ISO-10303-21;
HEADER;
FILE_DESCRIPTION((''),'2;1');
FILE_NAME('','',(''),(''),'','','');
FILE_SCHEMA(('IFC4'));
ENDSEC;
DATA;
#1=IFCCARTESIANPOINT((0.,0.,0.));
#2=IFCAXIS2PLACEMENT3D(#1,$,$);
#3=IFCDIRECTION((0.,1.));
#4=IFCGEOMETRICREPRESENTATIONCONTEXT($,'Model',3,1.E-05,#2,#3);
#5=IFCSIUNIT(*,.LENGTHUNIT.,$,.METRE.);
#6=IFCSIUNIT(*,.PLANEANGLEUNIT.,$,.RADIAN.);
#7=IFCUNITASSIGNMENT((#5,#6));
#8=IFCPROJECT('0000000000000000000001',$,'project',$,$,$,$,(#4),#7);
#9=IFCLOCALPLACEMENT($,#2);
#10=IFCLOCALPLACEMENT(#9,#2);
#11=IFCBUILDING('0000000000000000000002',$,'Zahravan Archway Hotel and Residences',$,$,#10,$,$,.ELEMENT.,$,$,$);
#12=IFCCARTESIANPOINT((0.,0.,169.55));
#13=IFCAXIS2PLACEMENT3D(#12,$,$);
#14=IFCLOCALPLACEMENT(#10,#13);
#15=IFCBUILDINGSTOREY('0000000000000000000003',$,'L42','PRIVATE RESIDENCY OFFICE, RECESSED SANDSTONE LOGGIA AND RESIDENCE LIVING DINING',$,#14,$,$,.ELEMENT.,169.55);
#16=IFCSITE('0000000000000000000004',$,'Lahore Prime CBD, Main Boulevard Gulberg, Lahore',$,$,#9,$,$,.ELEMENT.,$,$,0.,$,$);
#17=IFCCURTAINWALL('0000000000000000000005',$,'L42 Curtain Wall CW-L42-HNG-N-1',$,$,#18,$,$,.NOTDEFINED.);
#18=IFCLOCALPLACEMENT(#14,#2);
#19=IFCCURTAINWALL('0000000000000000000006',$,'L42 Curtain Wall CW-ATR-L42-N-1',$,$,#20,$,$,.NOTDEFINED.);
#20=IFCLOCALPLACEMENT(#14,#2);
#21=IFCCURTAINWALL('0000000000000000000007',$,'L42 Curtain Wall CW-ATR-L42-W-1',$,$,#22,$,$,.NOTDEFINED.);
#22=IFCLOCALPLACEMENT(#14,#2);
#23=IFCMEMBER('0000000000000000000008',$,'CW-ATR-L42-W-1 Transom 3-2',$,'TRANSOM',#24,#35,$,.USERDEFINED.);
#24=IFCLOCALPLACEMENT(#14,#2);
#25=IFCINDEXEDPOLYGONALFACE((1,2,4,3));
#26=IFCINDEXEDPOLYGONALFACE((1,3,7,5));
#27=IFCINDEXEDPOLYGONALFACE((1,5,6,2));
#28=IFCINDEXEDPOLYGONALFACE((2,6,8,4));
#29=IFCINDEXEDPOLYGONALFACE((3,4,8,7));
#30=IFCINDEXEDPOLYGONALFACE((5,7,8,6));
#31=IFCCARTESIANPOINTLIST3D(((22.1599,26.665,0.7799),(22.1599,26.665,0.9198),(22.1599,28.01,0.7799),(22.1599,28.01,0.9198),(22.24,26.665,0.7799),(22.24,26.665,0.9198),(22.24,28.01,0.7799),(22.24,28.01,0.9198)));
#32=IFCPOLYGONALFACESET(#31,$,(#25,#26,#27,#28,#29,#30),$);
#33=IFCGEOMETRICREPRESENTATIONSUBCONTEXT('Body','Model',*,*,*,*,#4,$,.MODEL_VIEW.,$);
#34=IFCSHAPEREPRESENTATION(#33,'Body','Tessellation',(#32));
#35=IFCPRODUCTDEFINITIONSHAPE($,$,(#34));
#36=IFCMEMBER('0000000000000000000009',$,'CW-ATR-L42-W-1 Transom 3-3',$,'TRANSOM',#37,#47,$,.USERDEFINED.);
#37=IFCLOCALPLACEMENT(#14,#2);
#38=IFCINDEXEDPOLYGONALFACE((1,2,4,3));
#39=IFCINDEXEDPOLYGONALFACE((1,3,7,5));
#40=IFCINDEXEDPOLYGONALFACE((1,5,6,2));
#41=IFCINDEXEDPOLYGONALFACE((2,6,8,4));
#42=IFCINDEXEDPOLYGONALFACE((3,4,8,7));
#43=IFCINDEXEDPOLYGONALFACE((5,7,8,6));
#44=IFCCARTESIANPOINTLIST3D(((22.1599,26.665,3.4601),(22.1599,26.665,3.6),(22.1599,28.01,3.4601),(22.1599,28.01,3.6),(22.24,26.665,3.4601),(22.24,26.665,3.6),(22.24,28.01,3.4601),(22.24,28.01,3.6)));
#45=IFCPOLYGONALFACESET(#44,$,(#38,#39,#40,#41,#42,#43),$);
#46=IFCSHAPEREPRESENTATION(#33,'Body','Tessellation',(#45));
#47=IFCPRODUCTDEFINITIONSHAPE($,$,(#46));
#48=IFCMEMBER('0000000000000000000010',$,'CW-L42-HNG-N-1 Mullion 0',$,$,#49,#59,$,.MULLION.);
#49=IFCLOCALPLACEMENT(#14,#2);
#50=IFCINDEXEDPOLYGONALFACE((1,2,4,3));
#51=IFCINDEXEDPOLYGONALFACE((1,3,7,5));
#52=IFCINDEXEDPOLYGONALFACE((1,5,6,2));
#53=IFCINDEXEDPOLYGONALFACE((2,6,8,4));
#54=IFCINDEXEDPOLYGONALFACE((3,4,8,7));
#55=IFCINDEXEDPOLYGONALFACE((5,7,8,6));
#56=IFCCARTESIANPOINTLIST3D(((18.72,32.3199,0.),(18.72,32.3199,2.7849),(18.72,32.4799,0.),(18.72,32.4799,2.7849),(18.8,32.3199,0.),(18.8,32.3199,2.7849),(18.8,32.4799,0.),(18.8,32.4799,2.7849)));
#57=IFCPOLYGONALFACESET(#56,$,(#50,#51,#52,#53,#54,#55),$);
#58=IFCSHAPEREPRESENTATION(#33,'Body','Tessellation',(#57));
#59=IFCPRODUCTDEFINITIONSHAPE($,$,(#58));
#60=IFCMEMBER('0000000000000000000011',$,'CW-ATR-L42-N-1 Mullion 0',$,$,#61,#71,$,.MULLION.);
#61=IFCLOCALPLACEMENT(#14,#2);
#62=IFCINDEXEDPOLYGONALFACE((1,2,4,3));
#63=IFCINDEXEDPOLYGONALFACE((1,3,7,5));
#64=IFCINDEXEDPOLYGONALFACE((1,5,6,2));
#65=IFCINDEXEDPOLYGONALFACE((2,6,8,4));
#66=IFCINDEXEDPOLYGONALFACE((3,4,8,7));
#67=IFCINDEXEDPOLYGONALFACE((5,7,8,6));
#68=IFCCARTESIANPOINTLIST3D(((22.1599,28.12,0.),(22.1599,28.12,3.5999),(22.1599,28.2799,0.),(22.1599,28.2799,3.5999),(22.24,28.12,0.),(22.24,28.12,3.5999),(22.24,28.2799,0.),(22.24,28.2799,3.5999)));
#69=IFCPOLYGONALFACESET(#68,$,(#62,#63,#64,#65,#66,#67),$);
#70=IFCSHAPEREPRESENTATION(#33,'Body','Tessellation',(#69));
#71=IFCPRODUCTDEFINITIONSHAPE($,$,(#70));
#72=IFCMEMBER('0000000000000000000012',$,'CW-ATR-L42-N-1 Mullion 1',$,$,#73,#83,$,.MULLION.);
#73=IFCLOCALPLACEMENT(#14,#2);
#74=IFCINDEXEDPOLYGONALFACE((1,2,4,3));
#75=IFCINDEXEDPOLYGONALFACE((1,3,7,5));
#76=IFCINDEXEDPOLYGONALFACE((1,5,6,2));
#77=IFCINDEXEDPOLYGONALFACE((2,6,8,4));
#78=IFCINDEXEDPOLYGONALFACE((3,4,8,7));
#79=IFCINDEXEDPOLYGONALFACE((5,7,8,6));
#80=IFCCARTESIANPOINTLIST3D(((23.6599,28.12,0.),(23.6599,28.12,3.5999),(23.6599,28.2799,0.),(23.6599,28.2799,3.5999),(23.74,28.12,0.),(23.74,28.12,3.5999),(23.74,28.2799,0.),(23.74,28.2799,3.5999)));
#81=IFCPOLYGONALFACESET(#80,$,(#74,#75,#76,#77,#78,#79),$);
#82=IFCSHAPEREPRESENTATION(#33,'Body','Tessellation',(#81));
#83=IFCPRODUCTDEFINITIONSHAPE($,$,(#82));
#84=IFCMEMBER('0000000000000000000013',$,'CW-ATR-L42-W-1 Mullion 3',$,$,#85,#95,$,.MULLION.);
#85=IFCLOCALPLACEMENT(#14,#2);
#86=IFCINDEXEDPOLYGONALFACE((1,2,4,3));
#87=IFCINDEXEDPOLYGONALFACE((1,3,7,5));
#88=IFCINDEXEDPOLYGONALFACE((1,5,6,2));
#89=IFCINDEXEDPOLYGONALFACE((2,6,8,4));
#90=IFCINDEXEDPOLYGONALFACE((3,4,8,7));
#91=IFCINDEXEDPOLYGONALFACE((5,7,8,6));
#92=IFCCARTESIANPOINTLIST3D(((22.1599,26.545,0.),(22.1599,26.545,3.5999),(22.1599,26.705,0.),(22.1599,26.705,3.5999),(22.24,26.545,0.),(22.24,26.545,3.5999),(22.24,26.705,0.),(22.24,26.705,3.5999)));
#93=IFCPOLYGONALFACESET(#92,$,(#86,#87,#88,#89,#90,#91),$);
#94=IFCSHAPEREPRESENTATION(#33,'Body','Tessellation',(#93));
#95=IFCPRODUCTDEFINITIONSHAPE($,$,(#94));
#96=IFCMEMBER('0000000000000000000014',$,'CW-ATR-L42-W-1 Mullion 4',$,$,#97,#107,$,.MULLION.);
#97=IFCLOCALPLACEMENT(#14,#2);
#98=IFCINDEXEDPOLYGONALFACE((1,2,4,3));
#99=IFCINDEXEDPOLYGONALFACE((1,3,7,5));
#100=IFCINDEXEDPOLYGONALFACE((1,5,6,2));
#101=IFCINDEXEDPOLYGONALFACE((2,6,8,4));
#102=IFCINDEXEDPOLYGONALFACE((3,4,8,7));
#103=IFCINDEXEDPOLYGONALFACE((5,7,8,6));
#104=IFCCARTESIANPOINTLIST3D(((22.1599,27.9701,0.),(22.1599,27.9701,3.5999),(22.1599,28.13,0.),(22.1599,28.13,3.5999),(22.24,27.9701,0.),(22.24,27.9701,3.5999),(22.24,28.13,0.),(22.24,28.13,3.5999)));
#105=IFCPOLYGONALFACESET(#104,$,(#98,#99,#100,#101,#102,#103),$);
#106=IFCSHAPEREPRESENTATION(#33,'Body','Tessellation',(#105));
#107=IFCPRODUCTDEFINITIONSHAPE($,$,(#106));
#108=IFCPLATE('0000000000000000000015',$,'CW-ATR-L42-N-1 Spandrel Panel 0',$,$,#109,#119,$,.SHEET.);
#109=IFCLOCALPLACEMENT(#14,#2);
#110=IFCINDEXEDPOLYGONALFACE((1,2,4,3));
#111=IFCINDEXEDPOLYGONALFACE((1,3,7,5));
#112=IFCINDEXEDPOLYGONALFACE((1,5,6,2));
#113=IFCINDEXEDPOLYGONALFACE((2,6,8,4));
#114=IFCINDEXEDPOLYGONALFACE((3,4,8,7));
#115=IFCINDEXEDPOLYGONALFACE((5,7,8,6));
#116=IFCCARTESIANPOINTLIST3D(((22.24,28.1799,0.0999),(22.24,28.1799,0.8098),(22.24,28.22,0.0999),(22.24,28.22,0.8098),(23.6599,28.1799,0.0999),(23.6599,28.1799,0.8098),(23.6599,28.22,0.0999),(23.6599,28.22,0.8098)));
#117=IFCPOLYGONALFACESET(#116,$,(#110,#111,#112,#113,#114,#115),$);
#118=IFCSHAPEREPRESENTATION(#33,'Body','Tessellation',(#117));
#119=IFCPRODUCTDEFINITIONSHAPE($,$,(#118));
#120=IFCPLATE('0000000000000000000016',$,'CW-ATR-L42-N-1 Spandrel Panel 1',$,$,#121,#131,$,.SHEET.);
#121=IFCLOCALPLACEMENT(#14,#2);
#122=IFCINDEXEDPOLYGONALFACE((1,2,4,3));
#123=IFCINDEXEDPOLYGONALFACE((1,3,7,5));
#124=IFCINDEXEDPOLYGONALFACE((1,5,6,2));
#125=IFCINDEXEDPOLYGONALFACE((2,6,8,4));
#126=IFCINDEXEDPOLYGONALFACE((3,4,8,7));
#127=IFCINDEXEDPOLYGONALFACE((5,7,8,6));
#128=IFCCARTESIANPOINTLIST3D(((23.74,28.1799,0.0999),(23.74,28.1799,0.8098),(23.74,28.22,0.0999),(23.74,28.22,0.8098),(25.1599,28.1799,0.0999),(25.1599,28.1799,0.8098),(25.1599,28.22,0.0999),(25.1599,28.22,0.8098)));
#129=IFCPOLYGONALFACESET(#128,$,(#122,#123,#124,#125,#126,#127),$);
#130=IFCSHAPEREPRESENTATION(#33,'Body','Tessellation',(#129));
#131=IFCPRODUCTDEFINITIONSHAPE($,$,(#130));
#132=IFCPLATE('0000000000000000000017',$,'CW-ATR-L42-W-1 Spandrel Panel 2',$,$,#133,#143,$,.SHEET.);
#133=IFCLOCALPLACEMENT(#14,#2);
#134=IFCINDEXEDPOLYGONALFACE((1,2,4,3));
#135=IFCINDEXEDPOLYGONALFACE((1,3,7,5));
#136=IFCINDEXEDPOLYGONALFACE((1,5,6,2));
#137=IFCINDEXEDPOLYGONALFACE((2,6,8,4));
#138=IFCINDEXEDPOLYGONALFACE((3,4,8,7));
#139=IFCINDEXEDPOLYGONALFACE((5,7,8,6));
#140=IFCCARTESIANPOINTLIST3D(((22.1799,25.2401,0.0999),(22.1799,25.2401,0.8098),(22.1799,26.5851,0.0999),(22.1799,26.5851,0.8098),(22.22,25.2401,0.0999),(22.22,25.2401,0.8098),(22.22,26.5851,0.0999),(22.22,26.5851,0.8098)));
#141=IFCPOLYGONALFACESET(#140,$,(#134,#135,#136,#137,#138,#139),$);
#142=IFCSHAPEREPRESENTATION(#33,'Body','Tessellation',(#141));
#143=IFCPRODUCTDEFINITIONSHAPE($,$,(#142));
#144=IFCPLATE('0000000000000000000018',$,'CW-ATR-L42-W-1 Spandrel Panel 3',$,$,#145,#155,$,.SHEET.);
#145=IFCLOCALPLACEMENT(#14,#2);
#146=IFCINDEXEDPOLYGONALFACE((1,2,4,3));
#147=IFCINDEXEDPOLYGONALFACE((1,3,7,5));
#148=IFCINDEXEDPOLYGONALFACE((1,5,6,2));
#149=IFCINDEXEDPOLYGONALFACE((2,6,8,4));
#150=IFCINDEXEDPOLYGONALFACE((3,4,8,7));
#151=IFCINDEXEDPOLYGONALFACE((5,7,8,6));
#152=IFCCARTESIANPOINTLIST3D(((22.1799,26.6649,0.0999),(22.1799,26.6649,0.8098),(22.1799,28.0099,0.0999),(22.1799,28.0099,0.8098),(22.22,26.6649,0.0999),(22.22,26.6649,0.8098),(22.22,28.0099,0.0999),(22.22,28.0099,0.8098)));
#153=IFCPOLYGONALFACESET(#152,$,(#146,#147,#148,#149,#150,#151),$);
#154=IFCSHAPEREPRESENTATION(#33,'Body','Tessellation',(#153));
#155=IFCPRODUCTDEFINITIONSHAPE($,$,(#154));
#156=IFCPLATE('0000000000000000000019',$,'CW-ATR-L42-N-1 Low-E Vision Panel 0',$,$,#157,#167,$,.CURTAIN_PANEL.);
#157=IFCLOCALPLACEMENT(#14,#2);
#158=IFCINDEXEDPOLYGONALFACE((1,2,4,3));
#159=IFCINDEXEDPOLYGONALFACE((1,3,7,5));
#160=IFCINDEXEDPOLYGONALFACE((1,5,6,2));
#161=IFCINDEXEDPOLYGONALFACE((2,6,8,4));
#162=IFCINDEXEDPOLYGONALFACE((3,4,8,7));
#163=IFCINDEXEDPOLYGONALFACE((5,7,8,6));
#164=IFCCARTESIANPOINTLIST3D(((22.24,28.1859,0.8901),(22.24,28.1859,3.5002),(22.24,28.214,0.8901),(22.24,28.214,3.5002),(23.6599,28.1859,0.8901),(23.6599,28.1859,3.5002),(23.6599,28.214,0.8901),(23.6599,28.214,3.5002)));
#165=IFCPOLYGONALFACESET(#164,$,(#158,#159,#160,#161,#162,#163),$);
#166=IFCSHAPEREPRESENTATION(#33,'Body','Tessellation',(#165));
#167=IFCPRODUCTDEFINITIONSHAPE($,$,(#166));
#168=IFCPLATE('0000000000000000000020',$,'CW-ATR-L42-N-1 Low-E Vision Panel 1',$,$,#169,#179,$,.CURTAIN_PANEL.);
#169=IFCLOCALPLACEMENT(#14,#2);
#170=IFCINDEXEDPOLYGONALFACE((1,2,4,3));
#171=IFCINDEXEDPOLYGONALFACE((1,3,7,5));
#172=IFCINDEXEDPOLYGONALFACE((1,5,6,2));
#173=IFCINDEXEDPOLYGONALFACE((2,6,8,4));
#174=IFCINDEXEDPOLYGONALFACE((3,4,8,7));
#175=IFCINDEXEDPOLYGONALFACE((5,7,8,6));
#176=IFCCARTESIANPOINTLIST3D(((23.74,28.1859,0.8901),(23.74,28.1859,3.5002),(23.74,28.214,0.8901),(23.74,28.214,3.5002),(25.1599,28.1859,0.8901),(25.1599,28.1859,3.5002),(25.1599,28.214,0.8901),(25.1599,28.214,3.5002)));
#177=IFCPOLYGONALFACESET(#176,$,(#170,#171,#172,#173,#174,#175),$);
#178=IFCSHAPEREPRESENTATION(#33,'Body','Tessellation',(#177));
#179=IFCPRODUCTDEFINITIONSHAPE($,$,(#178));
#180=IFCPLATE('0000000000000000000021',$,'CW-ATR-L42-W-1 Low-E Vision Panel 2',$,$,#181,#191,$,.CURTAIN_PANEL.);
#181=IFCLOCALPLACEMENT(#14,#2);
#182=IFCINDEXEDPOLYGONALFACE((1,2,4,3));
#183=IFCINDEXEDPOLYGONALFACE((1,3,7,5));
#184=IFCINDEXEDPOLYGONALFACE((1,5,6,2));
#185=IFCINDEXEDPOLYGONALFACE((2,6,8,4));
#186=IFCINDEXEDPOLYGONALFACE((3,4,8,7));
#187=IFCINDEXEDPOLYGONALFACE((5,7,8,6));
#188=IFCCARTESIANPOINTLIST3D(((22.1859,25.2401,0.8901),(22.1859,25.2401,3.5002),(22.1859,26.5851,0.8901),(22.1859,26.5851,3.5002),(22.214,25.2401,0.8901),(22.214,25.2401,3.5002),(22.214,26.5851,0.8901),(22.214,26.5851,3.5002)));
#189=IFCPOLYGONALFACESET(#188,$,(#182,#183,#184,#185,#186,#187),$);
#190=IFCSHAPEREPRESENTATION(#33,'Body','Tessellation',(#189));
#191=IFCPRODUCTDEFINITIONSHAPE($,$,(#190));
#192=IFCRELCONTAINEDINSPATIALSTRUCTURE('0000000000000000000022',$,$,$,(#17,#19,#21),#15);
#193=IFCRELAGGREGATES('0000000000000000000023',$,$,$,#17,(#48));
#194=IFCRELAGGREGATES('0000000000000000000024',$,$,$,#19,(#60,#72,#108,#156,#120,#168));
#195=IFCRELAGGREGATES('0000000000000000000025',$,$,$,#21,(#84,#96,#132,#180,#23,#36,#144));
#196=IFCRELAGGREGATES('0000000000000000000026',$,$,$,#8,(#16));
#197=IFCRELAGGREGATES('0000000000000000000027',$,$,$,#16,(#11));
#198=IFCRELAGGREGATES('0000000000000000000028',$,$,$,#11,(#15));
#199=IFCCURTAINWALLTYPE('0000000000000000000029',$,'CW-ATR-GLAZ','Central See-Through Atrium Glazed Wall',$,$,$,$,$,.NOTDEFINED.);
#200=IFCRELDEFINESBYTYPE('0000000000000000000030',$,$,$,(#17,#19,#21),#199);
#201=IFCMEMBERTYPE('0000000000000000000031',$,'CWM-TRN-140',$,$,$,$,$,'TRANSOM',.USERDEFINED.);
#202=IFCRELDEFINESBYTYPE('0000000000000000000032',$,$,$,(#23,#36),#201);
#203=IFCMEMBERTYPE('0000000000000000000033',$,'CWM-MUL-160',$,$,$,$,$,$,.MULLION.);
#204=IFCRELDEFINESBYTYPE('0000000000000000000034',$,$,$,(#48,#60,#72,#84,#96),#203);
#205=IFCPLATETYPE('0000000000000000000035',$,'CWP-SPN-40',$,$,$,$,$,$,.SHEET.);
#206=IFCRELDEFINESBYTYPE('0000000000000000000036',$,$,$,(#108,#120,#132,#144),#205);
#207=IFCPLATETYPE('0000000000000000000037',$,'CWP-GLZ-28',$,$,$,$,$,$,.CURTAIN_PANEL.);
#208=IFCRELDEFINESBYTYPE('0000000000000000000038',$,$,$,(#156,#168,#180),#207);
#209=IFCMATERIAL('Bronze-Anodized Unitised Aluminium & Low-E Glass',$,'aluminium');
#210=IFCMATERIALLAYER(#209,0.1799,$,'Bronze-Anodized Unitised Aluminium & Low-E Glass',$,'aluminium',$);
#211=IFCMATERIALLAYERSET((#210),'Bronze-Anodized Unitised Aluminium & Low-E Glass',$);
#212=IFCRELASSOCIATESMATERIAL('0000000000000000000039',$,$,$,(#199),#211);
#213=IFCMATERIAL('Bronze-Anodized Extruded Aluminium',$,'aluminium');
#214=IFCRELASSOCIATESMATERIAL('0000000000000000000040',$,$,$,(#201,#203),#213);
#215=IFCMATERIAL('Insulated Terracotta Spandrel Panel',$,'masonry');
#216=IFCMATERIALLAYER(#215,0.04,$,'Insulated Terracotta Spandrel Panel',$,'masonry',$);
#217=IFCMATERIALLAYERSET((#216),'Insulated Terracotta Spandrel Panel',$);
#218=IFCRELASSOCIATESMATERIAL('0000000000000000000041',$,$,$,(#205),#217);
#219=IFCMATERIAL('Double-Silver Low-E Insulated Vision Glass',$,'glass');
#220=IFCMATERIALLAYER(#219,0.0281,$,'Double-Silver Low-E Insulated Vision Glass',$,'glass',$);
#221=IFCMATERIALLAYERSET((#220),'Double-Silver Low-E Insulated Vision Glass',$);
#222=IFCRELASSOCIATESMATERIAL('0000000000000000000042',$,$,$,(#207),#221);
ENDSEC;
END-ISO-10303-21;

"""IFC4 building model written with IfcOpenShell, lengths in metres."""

from ifc_helpers import new_model, si_unit, direction, frame, origin, origin_2d, place, context, subcontext, project, spatial, rectangle, extrude, source, transform, mapped, material, layer, layer_set, material_profile, profile_set, type_object, element, aggregate, save


model = new_model("IFC4")

# Units and contexts
model_context = context("Model", 3, precision=1e-05, world=origin(), true_north=direction((0.0, 1.0)))
body_context = subcontext(model_context, "Body", "Model", "MODEL_VIEW")
ifc_project = project(units=[si_unit("LENGTHUNIT", "METRE"), si_unit("PLANEANGLEUNIT", "RADIAN")], contexts=[model_context])

# Site, building, storey
site_placement = place(None, origin())
site = spatial("IfcSite", under=ifc_project, at=site_placement, Name="Lahore Prime CBD, Main Boulevard Gulberg, Lahore", CompositionType="ELEMENT", RefElevation=0.0)
building_placement = place(site_placement, origin())
building = spatial("IfcBuilding", under=site, at=building_placement, Name="Zahravan Archway Hotel and Residences", CompositionType="ELEMENT")
storey_placement = place(building_placement, frame((0.0, 0.0, 169.55)))
storey = spatial("IfcBuildingStorey", under=building, at=storey_placement, Name="L42", Description="PRIVATE RESIDENCY OFFICE, RECESSED SANDSTONE LOGGIA AND RESIDENCE LIVING DINING", CompositionType="ELEMENT", Elevation=169.55)

# Curtain walls, members
ifc_material_1 = material(Name="Bronze-Anodized Unitised Aluminium & Low-E Glass", Category="aluminium")
ifc_layer_1 = layer(ifc_material_1, 0.1799, Name="Bronze-Anodized Unitised Aluminium & Low-E Glass", Category="aluminium")
ifc_layer_set_1 = layer_set([ifc_layer_1], Name="Bronze-Anodized Unitised Aluminium & Low-E Glass")
curtain_wall_type = type_object("IfcCurtainWallType", Name="CW-ATR-GLAZ", Description="Central See-Through Atrium Glazed Wall", PredefinedType="NOTDEFINED", material=ifc_layer_set_1)
curtain_wall_1_placement = place(storey_placement, origin())
curtain_wall_1 = element("IfcCurtainWall", 1, at=curtain_wall_1_placement, inside=storey, type_object=curtain_wall_type, Name="L42 Curtain Wall CW-L42-HNG-N-1", PredefinedType="NOTDEFINED")
ifc_material_2 = material(Name="Bronze-Anodized Extruded Aluminium", Category="aluminium")
ifc_material_profile_1 = material_profile(ifc_material_2, rectangle(XDim=0.0801, YDim=0.1399, at=origin_2d()), Name="TRN 80x140", Category="aluminium")
ifc_profile_set_1 = profile_set([ifc_material_profile_1], Name="Bronze-Anodized Extruded Aluminium")
member_type_1 = type_object("IfcMemberType", Name="CWM-TRN-140", ElementType="TRANSOM", PredefinedType="USERDEFINED", material=ifc_profile_set_1)
curtain_wall_2_placement = place(storey_placement, origin())
curtain_wall_2 = element("IfcCurtainWall", 2, at=curtain_wall_2_placement, inside=storey, type_object=curtain_wall_type, Name="L42 Curtain Wall CW-ATR-L42-N-1", PredefinedType="NOTDEFINED")
curtain_wall_3_placement = place(storey_placement, origin())
curtain_wall_3 = element("IfcCurtainWall", 3, at=curtain_wall_3_placement, inside=storey, type_object=curtain_wall_type, Name="L42 Curtain Wall CW-ATR-L42-W-1", PredefinedType="NOTDEFINED")
shared_shape_1 = source(origin(), body_context, "Body", "SweptSolid", [
    extrude(rectangle(XDim=0.0801, YDim=0.1399, at=origin_2d()), origin(), (0.0, 0.0, 1.0), 1.345),
])
member_1_placement = place(storey_placement, frame((22.2, 26.665, 0.8499), z_axis=(0.0, 1.0, 0.0), x_axis=(-1.0, 0.0, 0.0)))
member_1 = element("IfcMember", 4, at=member_1_placement, type_object=member_type_1, Name="CW-ATR-L42-W-1 Transom 3-2", ObjectType="TRANSOM", PredefinedType="USERDEFINED", context=body_context, shape_type="MappedRepresentation", body=[
    mapped(shared_shape_1, transform((0.0, 0.0, 0.0), scale=1.0)),
])
member_2_placement = place(storey_placement, frame((22.2, 26.665, 3.53), z_axis=(0.0, 1.0, 0.0), x_axis=(-1.0, 0.0, 0.0)))
member_2 = element("IfcMember", 5, at=member_2_placement, type_object=member_type_1, Name="CW-ATR-L42-W-1 Transom 3-3", ObjectType="TRANSOM", PredefinedType="USERDEFINED", context=body_context, shape_type="MappedRepresentation", body=[
    mapped(shared_shape_1, transform((0.0, 0.0, 0.0), scale=1.0)),
])

# Members
ifc_material_profile_2 = material_profile(ifc_material_2, rectangle(XDim=0.0801, YDim=0.1599, at=origin_2d()), Name="MUL 80x160", Category="aluminium")
ifc_profile_set_2 = profile_set([ifc_material_profile_2], Name="Bronze-Anodized Extruded Aluminium")
member_type_2 = type_object("IfcMemberType", Name="CWM-MUL-160", PredefinedType="MULLION", material=ifc_profile_set_2)
shared_shape_2 = source(origin(), body_context, "Body", "SweptSolid", [
    extrude(rectangle(XDim=0.0801, YDim=0.1599, at=origin_2d()), origin(), (0.0, 0.0, 1.0), 2.7849),
])
member_3_placement = place(storey_placement, frame((18.76, 32.3999, 0.0), z_axis=(0.0, 0.0, 1.0), x_axis=(1.0, 0.0, 0.0)))
member_3 = element("IfcMember", 6, at=member_3_placement, type_object=member_type_2, Name="CW-L42-HNG-N-1 Mullion 0", PredefinedType="MULLION", context=body_context, shape_type="MappedRepresentation", body=[
    mapped(shared_shape_2, transform((0.0, 0.0, 0.0), scale=1.0)),
])
aggregate(curtain_wall_1, [member_3])
shared_shape_3 = source(origin(), body_context, "Body", "SweptSolid", [
    extrude(rectangle(XDim=0.0801, YDim=0.1599, at=origin_2d()), origin(), (0.0, 0.0, 1.0), 3.5999),
])
member_4_placement = place(storey_placement, frame((22.2, 28.2, 0.0), z_axis=(0.0, 0.0, 1.0), x_axis=(1.0, 0.0, 0.0)))
member_4 = element("IfcMember", 7, at=member_4_placement, type_object=member_type_2, Name="CW-ATR-L42-N-1 Mullion 0", PredefinedType="MULLION", context=body_context, shape_type="MappedRepresentation", body=[
    mapped(shared_shape_3, transform((0.0, 0.0, 0.0), scale=1.0)),
])
member_5_placement = place(storey_placement, frame((23.7, 28.2, 0.0), z_axis=(0.0, 0.0, 1.0), x_axis=(1.0, 0.0, 0.0)))
member_5 = element("IfcMember", 8, at=member_5_placement, type_object=member_type_2, Name="CW-ATR-L42-N-1 Mullion 1", PredefinedType="MULLION", context=body_context, shape_type="MappedRepresentation", body=[
    mapped(shared_shape_3, transform((0.0, 0.0, 0.0), scale=1.0)),
])
member_6_placement = place(storey_placement, frame((22.2, 26.625, 0.0), z_axis=(0.0, 0.0, 1.0), x_axis=(1.0, 0.0, 0.0)))
member_6 = element("IfcMember", 9, at=member_6_placement, type_object=member_type_2, Name="CW-ATR-L42-W-1 Mullion 3", PredefinedType="MULLION", context=body_context, shape_type="MappedRepresentation", body=[
    mapped(shared_shape_3, transform((0.0, 0.0, 0.0), scale=1.0)),
])
member_7_placement = place(storey_placement, frame((22.2, 28.05, 0.0), z_axis=(0.0, 0.0, 1.0), x_axis=(1.0, 0.0, 0.0)))
member_7 = element("IfcMember", 10, at=member_7_placement, type_object=member_type_2, Name="CW-ATR-L42-W-1 Mullion 4", PredefinedType="MULLION", context=body_context, shape_type="MappedRepresentation", body=[
    mapped(shared_shape_3, transform((0.0, 0.0, 0.0), scale=1.0)),
])

# Plates
ifc_material_3 = material(Name="Insulated Terracotta Spandrel Panel", Category="masonry")
ifc_layer_2 = layer(ifc_material_3, 0.04, Name="Insulated Terracotta Spandrel Panel", Category="masonry")
ifc_layer_set_2 = layer_set([ifc_layer_2], Name="Insulated Terracotta Spandrel Panel")
plate_type_1 = type_object("IfcPlateType", Name="CWP-SPN-40", PredefinedType="SHEET", material=ifc_layer_set_2)
shared_shape_4 = source(origin(), body_context, "Body", "SweptSolid", [
    extrude(rectangle(XDim=1.4199, YDim=0.04, at=origin_2d()), origin(), (0.0, 0.0, 1.0), 0.71),
])
plate_1_placement = place(storey_placement, frame((22.95, 28.2, 0.0999), z_axis=(0.0, 0.0, 1.0), x_axis=(1.0, 0.0, 0.0)))
plate_1 = element("IfcPlate", 11, at=plate_1_placement, type_object=plate_type_1, Name="CW-ATR-L42-N-1 Spandrel Panel 0", PredefinedType="SHEET", context=body_context, shape_type="MappedRepresentation", body=[
    mapped(shared_shape_4, transform((0.0, 0.0, 0.0), scale=1.0)),
])
plate_2_placement = place(storey_placement, frame((24.45, 28.2, 0.0999), z_axis=(0.0, 0.0, 1.0), x_axis=(1.0, 0.0, 0.0)))
plate_2 = element("IfcPlate", 12, at=plate_2_placement, type_object=plate_type_1, Name="CW-ATR-L42-N-1 Spandrel Panel 1", PredefinedType="SHEET", context=body_context, shape_type="MappedRepresentation", body=[
    mapped(shared_shape_4, transform((0.0, 0.0, 0.0), scale=1.0)),
])
shared_shape_5 = source(origin(), body_context, "Body", "SweptSolid", [
    extrude(rectangle(XDim=1.345, YDim=0.04, at=origin_2d()), origin(), (0.0, 0.0, 1.0), 0.71),
])
plate_3_placement = place(storey_placement, frame((22.2, 25.9126, 0.0999), z_axis=(0.0, 0.0, 1.0), x_axis=(0.0, 1.0, 0.0)))
plate_3 = element("IfcPlate", 13, at=plate_3_placement, type_object=plate_type_1, Name="CW-ATR-L42-W-1 Spandrel Panel 2", PredefinedType="SHEET", context=body_context, shape_type="MappedRepresentation", body=[
    mapped(shared_shape_5, transform((0.0, 0.0, 0.0), scale=1.0)),
])
plate_4_placement = place(storey_placement, frame((22.2, 27.3374, 0.0999), z_axis=(0.0, 0.0, 1.0), x_axis=(0.0, 1.0, 0.0)))
plate_4 = element("IfcPlate", 14, at=plate_4_placement, type_object=plate_type_1, Name="CW-ATR-L42-W-1 Spandrel Panel 3", PredefinedType="SHEET", context=body_context, shape_type="MappedRepresentation", body=[
    mapped(shared_shape_5, transform((0.0, 0.0, 0.0), scale=1.0)),
])
ifc_material_4 = material(Name="Double-Silver Low-E Insulated Vision Glass", Category="glass")
ifc_layer_3 = layer(ifc_material_4, 0.0281, Name="Double-Silver Low-E Insulated Vision Glass", Category="glass")
ifc_layer_set_3 = layer_set([ifc_layer_3], Name="Double-Silver Low-E Insulated Vision Glass")
plate_type_2 = type_object("IfcPlateType", Name="CWP-GLZ-28", PredefinedType="CURTAIN_PANEL", material=ifc_layer_set_3)
shared_shape_6 = source(origin(), body_context, "Body", "SweptSolid", [
    extrude(rectangle(XDim=1.4199, YDim=0.0281, at=origin_2d()), origin(), (0.0, 0.0, 1.0), 2.6101),
])
plate_5_placement = place(storey_placement, frame((22.95, 28.2, 0.8901), z_axis=(0.0, 0.0, 1.0), x_axis=(1.0, 0.0, 0.0)))
plate_5 = element("IfcPlate", 15, at=plate_5_placement, type_object=plate_type_2, Name="CW-ATR-L42-N-1 Low-E Vision Panel 0", PredefinedType="CURTAIN_PANEL", context=body_context, shape_type="MappedRepresentation", body=[
    mapped(shared_shape_6, transform((0.0, 0.0, 0.0), scale=1.0)),
])
plate_6_placement = place(storey_placement, frame((24.45, 28.2, 0.8901), z_axis=(0.0, 0.0, 1.0), x_axis=(1.0, 0.0, 0.0)))
plate_6 = element("IfcPlate", 16, at=plate_6_placement, type_object=plate_type_2, Name="CW-ATR-L42-N-1 Low-E Vision Panel 1", PredefinedType="CURTAIN_PANEL", context=body_context, shape_type="MappedRepresentation", body=[
    mapped(shared_shape_6, transform((0.0, 0.0, 0.0), scale=1.0)),
])
aggregate(curtain_wall_2, [member_4, member_5, plate_1, plate_5, plate_2, plate_6])
shared_shape_7 = source(origin(), body_context, "Body", "SweptSolid", [
    extrude(rectangle(XDim=1.345, YDim=0.0281, at=origin_2d()), origin(), (0.0, 0.0, 1.0), 2.6101),
])
plate_7_placement = place(storey_placement, frame((22.2, 25.9126, 0.8901), z_axis=(0.0, 0.0, 1.0), x_axis=(0.0, 1.0, 0.0)))
plate_7 = element("IfcPlate", 17, at=plate_7_placement, type_object=plate_type_2, Name="CW-ATR-L42-W-1 Low-E Vision Panel 2", PredefinedType="CURTAIN_PANEL", context=body_context, shape_type="MappedRepresentation", body=[
    mapped(shared_shape_7, transform((0.0, 0.0, 0.0), scale=1.0)),
])
aggregate(curtain_wall_3, [member_6, member_7, plate_3, plate_7, member_1, member_2, plate_4])

save(model, "model.ifc")
